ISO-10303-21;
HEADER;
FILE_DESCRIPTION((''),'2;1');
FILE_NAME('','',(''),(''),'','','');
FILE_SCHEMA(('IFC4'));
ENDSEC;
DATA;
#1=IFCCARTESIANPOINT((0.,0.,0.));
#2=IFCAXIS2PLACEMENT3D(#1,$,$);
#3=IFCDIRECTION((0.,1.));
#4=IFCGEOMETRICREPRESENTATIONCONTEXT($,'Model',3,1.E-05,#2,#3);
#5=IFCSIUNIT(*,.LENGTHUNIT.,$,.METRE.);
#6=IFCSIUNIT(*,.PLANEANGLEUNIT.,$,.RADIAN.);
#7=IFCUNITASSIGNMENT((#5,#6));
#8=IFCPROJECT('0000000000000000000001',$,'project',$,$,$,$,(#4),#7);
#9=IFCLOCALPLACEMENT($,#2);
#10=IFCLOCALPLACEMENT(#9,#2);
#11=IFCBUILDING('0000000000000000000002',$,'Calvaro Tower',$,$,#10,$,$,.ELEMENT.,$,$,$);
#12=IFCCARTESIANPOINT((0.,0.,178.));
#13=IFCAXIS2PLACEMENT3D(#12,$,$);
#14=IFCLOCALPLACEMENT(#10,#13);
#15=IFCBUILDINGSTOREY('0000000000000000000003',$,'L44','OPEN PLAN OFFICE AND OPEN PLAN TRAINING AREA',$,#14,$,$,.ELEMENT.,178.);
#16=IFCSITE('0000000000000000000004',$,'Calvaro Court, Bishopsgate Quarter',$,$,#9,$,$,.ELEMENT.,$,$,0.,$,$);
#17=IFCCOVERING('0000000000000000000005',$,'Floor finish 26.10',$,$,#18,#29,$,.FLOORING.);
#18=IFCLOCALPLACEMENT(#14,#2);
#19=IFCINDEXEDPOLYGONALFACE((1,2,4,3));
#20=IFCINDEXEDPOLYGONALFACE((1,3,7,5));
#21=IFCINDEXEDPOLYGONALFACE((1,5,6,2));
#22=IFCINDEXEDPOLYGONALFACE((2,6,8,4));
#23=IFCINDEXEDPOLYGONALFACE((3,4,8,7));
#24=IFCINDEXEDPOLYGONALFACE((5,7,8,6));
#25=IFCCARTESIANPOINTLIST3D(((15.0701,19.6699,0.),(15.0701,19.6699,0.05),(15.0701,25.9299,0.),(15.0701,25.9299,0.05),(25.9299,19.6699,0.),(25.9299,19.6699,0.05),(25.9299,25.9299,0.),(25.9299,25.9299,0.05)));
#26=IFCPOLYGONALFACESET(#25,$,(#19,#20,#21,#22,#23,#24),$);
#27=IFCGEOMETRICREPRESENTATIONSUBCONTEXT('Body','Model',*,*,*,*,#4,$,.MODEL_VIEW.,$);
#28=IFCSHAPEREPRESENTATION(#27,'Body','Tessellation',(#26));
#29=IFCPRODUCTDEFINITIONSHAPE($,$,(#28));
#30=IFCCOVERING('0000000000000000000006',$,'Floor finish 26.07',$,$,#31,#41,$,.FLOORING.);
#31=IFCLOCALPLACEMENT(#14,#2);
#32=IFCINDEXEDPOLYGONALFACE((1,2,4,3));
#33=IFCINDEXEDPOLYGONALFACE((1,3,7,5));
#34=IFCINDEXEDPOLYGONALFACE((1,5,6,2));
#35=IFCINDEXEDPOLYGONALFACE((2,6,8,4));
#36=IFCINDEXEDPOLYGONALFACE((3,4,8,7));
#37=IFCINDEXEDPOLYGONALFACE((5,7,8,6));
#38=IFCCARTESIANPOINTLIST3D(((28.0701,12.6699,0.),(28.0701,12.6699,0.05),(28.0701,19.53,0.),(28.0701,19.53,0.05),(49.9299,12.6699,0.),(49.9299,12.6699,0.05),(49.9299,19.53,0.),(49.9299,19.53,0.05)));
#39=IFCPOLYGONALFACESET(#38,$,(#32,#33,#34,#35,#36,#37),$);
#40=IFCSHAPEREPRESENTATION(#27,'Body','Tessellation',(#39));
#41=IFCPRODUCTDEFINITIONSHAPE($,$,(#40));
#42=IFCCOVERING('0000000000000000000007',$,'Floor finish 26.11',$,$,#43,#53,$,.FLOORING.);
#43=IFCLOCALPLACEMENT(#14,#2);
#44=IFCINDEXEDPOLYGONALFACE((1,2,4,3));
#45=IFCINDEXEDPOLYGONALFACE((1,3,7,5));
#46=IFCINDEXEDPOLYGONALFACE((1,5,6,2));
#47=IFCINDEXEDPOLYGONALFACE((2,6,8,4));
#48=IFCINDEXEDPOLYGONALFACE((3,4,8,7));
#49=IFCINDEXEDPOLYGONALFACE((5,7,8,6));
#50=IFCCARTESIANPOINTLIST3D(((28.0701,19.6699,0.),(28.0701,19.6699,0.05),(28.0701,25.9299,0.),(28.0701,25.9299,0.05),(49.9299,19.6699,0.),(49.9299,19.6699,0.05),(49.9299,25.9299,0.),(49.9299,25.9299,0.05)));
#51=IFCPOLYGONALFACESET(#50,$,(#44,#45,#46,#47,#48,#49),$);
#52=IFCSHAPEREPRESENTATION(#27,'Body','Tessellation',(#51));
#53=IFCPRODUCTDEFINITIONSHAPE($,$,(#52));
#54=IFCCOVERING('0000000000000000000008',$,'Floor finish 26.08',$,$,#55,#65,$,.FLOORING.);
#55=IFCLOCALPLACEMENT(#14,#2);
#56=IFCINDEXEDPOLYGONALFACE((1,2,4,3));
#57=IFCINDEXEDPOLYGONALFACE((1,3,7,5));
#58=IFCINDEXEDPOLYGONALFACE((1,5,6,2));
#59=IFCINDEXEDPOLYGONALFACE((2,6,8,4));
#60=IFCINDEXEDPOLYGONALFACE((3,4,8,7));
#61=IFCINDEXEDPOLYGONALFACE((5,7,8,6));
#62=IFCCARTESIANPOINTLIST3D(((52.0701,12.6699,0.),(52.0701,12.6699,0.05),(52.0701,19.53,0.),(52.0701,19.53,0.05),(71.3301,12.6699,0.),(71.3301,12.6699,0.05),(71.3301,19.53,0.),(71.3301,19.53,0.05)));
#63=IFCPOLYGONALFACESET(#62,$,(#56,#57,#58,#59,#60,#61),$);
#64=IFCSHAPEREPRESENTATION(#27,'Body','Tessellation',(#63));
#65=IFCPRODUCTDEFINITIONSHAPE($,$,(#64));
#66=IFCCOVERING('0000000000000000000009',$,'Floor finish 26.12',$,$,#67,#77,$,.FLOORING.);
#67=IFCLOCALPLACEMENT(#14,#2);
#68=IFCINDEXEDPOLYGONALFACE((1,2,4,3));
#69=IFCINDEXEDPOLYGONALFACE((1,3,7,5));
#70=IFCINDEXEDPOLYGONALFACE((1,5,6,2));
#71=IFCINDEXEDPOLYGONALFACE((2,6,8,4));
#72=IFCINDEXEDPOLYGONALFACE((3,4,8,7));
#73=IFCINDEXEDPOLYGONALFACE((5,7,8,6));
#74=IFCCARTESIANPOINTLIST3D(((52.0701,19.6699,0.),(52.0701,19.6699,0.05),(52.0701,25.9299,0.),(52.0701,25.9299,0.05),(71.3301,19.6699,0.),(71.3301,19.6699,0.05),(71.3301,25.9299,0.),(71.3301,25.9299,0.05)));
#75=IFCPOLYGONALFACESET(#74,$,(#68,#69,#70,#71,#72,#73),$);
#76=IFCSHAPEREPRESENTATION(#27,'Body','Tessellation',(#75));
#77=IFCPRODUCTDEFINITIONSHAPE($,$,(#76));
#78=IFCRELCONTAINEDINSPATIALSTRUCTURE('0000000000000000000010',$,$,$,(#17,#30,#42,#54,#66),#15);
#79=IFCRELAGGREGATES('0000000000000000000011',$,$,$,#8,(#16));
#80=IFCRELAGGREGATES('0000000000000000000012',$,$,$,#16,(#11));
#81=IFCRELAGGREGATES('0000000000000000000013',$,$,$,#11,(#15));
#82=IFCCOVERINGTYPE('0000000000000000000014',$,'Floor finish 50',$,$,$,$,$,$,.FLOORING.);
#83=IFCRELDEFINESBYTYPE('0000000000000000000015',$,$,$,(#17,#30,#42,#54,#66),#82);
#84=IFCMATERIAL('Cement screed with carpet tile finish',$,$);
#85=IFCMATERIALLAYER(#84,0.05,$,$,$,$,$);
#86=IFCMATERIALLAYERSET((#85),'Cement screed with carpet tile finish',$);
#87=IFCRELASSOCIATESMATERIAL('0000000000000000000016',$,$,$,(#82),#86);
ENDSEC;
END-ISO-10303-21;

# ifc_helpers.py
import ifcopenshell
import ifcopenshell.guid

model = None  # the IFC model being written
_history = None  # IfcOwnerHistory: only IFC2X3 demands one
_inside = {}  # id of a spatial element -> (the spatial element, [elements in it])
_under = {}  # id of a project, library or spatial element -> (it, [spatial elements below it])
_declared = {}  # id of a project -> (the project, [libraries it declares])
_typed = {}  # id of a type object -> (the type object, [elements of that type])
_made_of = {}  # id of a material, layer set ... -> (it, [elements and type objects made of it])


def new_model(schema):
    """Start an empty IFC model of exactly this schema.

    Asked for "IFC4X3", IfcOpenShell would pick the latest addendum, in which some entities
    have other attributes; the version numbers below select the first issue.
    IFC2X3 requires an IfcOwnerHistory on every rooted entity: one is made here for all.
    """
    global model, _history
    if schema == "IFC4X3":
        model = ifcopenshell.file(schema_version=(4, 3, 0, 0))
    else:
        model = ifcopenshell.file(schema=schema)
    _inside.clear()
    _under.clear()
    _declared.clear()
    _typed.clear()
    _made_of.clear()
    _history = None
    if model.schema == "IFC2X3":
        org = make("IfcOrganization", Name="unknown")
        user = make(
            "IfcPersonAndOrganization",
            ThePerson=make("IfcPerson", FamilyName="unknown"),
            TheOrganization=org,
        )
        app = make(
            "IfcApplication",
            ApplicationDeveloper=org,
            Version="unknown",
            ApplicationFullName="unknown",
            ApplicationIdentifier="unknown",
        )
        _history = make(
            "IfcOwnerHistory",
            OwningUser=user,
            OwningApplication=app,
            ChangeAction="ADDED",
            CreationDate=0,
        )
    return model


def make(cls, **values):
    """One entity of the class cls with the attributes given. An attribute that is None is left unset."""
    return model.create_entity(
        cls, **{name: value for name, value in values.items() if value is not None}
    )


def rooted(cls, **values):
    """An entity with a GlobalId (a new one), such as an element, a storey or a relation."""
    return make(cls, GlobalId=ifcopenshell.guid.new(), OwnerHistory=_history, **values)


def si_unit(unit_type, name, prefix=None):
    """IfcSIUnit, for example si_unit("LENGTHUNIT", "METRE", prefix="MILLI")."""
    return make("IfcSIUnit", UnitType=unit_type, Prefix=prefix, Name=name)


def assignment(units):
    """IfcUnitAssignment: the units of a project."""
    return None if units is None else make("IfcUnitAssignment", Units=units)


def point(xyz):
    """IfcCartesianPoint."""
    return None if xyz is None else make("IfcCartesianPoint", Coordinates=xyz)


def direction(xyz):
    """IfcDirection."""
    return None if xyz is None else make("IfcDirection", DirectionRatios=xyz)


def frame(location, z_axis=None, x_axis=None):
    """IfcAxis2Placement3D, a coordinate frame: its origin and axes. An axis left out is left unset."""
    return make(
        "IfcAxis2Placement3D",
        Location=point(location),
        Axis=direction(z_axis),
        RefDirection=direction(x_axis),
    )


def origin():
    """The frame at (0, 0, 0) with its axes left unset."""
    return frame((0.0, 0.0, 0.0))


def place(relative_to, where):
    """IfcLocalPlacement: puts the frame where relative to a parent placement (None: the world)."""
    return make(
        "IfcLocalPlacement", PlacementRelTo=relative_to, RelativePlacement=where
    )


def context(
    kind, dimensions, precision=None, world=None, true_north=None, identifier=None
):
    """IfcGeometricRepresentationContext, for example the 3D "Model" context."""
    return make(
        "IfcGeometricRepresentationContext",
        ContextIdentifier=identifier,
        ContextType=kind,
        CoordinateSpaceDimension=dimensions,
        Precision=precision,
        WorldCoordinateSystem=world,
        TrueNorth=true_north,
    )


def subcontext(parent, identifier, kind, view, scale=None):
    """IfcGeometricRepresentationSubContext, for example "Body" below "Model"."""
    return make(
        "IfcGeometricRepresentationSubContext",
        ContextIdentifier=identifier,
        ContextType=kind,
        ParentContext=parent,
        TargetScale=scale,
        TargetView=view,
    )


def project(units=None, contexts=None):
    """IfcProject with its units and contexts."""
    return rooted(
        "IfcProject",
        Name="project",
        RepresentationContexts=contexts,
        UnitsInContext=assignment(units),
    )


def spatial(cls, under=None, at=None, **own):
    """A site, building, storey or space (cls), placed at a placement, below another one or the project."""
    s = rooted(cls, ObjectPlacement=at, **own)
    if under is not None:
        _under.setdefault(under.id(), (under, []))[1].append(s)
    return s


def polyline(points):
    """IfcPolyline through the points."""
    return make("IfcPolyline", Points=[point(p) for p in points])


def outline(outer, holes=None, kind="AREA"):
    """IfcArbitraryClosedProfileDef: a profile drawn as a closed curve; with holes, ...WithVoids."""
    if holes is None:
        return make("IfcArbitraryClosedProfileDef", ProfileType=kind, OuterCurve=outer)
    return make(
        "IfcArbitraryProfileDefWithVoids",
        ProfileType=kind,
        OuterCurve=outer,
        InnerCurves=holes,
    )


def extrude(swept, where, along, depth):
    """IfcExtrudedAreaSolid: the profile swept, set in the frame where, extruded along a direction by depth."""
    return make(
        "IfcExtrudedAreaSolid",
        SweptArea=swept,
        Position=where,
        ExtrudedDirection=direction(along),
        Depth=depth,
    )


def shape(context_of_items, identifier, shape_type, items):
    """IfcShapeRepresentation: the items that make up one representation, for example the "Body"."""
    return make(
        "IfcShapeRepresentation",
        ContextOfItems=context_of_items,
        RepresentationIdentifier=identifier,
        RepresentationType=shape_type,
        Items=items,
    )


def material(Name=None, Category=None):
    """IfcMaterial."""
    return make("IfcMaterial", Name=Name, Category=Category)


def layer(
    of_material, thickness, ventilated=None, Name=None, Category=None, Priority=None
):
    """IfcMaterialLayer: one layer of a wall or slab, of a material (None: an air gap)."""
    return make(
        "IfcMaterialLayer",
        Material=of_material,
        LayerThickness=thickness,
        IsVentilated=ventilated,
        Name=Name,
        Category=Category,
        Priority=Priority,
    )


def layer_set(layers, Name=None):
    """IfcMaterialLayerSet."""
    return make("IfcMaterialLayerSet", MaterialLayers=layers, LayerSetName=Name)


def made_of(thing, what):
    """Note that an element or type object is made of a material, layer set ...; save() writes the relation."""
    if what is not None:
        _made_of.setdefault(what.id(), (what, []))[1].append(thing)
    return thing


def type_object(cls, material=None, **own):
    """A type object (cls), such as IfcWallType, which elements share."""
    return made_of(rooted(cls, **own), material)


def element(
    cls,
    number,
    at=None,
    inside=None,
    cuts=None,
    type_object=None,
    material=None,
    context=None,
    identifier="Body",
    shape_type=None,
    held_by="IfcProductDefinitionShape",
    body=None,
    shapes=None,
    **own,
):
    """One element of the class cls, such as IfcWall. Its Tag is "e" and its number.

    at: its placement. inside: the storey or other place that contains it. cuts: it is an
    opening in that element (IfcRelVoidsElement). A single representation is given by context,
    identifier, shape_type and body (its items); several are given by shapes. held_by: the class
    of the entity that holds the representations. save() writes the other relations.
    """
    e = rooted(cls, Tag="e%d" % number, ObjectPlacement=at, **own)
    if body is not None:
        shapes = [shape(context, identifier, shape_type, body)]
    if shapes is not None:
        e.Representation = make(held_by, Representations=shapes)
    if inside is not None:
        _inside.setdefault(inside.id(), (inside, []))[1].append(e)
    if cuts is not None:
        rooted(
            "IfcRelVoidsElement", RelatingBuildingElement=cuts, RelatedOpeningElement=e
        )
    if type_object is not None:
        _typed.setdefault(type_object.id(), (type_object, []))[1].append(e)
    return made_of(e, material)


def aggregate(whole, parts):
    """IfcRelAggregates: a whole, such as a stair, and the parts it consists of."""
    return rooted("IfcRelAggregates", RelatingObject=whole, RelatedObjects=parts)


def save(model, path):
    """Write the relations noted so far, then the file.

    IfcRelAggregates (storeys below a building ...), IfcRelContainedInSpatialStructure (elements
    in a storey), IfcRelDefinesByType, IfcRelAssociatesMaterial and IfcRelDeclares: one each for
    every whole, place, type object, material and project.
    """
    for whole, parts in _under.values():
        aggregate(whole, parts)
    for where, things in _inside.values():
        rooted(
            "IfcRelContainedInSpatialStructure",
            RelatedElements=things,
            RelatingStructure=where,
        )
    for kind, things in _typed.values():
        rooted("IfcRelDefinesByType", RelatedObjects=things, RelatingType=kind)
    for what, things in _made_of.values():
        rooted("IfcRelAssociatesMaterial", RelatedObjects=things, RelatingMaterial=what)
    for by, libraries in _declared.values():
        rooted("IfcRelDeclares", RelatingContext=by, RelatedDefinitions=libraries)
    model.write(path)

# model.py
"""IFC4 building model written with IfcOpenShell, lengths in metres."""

from ifc_helpers import new_model, si_unit, direction, frame, origin, place, context, subcontext, project, spatial, polyline, outline, extrude, material, layer, layer_set, type_object, element, save


model = new_model("IFC4")

# Units and contexts
model_context = context("Model", 3, precision=1e-05, world=origin(), true_north=direction((0.0, 1.0)))
body_context = subcontext(model_context, "Body", "Model", "MODEL_VIEW")
ifc_project = project(units=[si_unit("LENGTHUNIT", "METRE"), si_unit("PLANEANGLEUNIT", "RADIAN")], contexts=[model_context])

# Site, building, storey
site_placement = place(None, origin())
site = spatial("IfcSite", under=ifc_project, at=site_placement, Name="Calvaro Court, Bishopsgate Quarter", CompositionType="ELEMENT", RefElevation=0.0)
building_placement = place(site_placement, origin())
building = spatial("IfcBuilding", under=site, at=building_placement, Name="Calvaro Tower", CompositionType="ELEMENT")
storey_placement = place(building_placement, frame((0.0, 0.0, 178.0)))
storey = spatial("IfcBuildingStorey", under=building, at=storey_placement, Name="L44", Description="OPEN PLAN OFFICE AND OPEN PLAN TRAINING AREA", CompositionType="ELEMENT", Elevation=178.0)

# Coverings
ifc_material_1 = material(Name="Cement screed with carpet tile finish")
ifc_layer_1 = layer(ifc_material_1, 0.05)
ifc_layer_set_1 = layer_set([ifc_layer_1], Name="Cement screed with carpet tile finish")
covering_type = type_object("IfcCoveringType", Name="Floor finish 50", PredefinedType="FLOORING", material=ifc_layer_set_1)
covering_1_placement = place(storey_placement, origin())
element("IfcCovering", 1, at=covering_1_placement, inside=storey, type_object=covering_type, Name="Floor finish 26.10", PredefinedType="FLOORING", context=body_context, shape_type="SweptSolid", body=[
    extrude(outline(polyline([(15.0701, 19.6699), (15.0701, 25.9299), (25.9299, 25.9299), (25.9299, 19.6699), (15.0701, 19.6699)])), origin(), (0.0, 0.0, 1.0), 0.05),
])
covering_2_placement = place(storey_placement, origin())
element("IfcCovering", 2, at=covering_2_placement, inside=storey, type_object=covering_type, Name="Floor finish 26.07", PredefinedType="FLOORING", context=body_context, shape_type="SweptSolid", body=[
    extrude(outline(polyline([(28.0701, 12.6699), (28.0701, 19.53), (49.9299, 19.53), (49.9299, 12.6699), (28.0701, 12.6699)])), origin(), (0.0, 0.0, 1.0), 0.05),
])
covering_3_placement = place(storey_placement, origin())
element("IfcCovering", 3, at=covering_3_placement, inside=storey, type_object=covering_type, Name="Floor finish 26.11", PredefinedType="FLOORING", context=body_context, shape_type="SweptSolid", body=[
    extrude(outline(polyline([(28.0701, 19.6699), (28.0701, 25.9299), (49.9299, 25.9299), (49.9299, 19.6699), (28.0701, 19.6699)])), origin(), (0.0, 0.0, 1.0), 0.05),
])
covering_4_placement = place(storey_placement, origin())
element("IfcCovering", 4, at=covering_4_placement, inside=storey, type_object=covering_type, Name="Floor finish 26.08", PredefinedType="FLOORING", context=body_context, shape_type="SweptSolid", body=[
    extrude(outline(polyline([(71.3301, 12.6699), (52.0701, 12.6699), (52.0701, 19.53), (71.3301, 19.53), (71.3301, 12.6699)])), origin(), (0.0, 0.0, 1.0), 0.05),
])
covering_5_placement = place(storey_placement, origin())
element("IfcCovering", 5, at=covering_5_placement, inside=storey, type_object=covering_type, Name="Floor finish 26.12", PredefinedType="FLOORING", context=body_context, shape_type="SweptSolid", body=[
    extrude(outline(polyline([(71.3301, 19.6699), (52.0701, 19.6699), (52.0701, 25.9299), (71.3301, 25.9299), (71.3301, 19.6699)])), origin(), (0.0, 0.0, 1.0), 0.05),
])

save(model, "model.ifc")
